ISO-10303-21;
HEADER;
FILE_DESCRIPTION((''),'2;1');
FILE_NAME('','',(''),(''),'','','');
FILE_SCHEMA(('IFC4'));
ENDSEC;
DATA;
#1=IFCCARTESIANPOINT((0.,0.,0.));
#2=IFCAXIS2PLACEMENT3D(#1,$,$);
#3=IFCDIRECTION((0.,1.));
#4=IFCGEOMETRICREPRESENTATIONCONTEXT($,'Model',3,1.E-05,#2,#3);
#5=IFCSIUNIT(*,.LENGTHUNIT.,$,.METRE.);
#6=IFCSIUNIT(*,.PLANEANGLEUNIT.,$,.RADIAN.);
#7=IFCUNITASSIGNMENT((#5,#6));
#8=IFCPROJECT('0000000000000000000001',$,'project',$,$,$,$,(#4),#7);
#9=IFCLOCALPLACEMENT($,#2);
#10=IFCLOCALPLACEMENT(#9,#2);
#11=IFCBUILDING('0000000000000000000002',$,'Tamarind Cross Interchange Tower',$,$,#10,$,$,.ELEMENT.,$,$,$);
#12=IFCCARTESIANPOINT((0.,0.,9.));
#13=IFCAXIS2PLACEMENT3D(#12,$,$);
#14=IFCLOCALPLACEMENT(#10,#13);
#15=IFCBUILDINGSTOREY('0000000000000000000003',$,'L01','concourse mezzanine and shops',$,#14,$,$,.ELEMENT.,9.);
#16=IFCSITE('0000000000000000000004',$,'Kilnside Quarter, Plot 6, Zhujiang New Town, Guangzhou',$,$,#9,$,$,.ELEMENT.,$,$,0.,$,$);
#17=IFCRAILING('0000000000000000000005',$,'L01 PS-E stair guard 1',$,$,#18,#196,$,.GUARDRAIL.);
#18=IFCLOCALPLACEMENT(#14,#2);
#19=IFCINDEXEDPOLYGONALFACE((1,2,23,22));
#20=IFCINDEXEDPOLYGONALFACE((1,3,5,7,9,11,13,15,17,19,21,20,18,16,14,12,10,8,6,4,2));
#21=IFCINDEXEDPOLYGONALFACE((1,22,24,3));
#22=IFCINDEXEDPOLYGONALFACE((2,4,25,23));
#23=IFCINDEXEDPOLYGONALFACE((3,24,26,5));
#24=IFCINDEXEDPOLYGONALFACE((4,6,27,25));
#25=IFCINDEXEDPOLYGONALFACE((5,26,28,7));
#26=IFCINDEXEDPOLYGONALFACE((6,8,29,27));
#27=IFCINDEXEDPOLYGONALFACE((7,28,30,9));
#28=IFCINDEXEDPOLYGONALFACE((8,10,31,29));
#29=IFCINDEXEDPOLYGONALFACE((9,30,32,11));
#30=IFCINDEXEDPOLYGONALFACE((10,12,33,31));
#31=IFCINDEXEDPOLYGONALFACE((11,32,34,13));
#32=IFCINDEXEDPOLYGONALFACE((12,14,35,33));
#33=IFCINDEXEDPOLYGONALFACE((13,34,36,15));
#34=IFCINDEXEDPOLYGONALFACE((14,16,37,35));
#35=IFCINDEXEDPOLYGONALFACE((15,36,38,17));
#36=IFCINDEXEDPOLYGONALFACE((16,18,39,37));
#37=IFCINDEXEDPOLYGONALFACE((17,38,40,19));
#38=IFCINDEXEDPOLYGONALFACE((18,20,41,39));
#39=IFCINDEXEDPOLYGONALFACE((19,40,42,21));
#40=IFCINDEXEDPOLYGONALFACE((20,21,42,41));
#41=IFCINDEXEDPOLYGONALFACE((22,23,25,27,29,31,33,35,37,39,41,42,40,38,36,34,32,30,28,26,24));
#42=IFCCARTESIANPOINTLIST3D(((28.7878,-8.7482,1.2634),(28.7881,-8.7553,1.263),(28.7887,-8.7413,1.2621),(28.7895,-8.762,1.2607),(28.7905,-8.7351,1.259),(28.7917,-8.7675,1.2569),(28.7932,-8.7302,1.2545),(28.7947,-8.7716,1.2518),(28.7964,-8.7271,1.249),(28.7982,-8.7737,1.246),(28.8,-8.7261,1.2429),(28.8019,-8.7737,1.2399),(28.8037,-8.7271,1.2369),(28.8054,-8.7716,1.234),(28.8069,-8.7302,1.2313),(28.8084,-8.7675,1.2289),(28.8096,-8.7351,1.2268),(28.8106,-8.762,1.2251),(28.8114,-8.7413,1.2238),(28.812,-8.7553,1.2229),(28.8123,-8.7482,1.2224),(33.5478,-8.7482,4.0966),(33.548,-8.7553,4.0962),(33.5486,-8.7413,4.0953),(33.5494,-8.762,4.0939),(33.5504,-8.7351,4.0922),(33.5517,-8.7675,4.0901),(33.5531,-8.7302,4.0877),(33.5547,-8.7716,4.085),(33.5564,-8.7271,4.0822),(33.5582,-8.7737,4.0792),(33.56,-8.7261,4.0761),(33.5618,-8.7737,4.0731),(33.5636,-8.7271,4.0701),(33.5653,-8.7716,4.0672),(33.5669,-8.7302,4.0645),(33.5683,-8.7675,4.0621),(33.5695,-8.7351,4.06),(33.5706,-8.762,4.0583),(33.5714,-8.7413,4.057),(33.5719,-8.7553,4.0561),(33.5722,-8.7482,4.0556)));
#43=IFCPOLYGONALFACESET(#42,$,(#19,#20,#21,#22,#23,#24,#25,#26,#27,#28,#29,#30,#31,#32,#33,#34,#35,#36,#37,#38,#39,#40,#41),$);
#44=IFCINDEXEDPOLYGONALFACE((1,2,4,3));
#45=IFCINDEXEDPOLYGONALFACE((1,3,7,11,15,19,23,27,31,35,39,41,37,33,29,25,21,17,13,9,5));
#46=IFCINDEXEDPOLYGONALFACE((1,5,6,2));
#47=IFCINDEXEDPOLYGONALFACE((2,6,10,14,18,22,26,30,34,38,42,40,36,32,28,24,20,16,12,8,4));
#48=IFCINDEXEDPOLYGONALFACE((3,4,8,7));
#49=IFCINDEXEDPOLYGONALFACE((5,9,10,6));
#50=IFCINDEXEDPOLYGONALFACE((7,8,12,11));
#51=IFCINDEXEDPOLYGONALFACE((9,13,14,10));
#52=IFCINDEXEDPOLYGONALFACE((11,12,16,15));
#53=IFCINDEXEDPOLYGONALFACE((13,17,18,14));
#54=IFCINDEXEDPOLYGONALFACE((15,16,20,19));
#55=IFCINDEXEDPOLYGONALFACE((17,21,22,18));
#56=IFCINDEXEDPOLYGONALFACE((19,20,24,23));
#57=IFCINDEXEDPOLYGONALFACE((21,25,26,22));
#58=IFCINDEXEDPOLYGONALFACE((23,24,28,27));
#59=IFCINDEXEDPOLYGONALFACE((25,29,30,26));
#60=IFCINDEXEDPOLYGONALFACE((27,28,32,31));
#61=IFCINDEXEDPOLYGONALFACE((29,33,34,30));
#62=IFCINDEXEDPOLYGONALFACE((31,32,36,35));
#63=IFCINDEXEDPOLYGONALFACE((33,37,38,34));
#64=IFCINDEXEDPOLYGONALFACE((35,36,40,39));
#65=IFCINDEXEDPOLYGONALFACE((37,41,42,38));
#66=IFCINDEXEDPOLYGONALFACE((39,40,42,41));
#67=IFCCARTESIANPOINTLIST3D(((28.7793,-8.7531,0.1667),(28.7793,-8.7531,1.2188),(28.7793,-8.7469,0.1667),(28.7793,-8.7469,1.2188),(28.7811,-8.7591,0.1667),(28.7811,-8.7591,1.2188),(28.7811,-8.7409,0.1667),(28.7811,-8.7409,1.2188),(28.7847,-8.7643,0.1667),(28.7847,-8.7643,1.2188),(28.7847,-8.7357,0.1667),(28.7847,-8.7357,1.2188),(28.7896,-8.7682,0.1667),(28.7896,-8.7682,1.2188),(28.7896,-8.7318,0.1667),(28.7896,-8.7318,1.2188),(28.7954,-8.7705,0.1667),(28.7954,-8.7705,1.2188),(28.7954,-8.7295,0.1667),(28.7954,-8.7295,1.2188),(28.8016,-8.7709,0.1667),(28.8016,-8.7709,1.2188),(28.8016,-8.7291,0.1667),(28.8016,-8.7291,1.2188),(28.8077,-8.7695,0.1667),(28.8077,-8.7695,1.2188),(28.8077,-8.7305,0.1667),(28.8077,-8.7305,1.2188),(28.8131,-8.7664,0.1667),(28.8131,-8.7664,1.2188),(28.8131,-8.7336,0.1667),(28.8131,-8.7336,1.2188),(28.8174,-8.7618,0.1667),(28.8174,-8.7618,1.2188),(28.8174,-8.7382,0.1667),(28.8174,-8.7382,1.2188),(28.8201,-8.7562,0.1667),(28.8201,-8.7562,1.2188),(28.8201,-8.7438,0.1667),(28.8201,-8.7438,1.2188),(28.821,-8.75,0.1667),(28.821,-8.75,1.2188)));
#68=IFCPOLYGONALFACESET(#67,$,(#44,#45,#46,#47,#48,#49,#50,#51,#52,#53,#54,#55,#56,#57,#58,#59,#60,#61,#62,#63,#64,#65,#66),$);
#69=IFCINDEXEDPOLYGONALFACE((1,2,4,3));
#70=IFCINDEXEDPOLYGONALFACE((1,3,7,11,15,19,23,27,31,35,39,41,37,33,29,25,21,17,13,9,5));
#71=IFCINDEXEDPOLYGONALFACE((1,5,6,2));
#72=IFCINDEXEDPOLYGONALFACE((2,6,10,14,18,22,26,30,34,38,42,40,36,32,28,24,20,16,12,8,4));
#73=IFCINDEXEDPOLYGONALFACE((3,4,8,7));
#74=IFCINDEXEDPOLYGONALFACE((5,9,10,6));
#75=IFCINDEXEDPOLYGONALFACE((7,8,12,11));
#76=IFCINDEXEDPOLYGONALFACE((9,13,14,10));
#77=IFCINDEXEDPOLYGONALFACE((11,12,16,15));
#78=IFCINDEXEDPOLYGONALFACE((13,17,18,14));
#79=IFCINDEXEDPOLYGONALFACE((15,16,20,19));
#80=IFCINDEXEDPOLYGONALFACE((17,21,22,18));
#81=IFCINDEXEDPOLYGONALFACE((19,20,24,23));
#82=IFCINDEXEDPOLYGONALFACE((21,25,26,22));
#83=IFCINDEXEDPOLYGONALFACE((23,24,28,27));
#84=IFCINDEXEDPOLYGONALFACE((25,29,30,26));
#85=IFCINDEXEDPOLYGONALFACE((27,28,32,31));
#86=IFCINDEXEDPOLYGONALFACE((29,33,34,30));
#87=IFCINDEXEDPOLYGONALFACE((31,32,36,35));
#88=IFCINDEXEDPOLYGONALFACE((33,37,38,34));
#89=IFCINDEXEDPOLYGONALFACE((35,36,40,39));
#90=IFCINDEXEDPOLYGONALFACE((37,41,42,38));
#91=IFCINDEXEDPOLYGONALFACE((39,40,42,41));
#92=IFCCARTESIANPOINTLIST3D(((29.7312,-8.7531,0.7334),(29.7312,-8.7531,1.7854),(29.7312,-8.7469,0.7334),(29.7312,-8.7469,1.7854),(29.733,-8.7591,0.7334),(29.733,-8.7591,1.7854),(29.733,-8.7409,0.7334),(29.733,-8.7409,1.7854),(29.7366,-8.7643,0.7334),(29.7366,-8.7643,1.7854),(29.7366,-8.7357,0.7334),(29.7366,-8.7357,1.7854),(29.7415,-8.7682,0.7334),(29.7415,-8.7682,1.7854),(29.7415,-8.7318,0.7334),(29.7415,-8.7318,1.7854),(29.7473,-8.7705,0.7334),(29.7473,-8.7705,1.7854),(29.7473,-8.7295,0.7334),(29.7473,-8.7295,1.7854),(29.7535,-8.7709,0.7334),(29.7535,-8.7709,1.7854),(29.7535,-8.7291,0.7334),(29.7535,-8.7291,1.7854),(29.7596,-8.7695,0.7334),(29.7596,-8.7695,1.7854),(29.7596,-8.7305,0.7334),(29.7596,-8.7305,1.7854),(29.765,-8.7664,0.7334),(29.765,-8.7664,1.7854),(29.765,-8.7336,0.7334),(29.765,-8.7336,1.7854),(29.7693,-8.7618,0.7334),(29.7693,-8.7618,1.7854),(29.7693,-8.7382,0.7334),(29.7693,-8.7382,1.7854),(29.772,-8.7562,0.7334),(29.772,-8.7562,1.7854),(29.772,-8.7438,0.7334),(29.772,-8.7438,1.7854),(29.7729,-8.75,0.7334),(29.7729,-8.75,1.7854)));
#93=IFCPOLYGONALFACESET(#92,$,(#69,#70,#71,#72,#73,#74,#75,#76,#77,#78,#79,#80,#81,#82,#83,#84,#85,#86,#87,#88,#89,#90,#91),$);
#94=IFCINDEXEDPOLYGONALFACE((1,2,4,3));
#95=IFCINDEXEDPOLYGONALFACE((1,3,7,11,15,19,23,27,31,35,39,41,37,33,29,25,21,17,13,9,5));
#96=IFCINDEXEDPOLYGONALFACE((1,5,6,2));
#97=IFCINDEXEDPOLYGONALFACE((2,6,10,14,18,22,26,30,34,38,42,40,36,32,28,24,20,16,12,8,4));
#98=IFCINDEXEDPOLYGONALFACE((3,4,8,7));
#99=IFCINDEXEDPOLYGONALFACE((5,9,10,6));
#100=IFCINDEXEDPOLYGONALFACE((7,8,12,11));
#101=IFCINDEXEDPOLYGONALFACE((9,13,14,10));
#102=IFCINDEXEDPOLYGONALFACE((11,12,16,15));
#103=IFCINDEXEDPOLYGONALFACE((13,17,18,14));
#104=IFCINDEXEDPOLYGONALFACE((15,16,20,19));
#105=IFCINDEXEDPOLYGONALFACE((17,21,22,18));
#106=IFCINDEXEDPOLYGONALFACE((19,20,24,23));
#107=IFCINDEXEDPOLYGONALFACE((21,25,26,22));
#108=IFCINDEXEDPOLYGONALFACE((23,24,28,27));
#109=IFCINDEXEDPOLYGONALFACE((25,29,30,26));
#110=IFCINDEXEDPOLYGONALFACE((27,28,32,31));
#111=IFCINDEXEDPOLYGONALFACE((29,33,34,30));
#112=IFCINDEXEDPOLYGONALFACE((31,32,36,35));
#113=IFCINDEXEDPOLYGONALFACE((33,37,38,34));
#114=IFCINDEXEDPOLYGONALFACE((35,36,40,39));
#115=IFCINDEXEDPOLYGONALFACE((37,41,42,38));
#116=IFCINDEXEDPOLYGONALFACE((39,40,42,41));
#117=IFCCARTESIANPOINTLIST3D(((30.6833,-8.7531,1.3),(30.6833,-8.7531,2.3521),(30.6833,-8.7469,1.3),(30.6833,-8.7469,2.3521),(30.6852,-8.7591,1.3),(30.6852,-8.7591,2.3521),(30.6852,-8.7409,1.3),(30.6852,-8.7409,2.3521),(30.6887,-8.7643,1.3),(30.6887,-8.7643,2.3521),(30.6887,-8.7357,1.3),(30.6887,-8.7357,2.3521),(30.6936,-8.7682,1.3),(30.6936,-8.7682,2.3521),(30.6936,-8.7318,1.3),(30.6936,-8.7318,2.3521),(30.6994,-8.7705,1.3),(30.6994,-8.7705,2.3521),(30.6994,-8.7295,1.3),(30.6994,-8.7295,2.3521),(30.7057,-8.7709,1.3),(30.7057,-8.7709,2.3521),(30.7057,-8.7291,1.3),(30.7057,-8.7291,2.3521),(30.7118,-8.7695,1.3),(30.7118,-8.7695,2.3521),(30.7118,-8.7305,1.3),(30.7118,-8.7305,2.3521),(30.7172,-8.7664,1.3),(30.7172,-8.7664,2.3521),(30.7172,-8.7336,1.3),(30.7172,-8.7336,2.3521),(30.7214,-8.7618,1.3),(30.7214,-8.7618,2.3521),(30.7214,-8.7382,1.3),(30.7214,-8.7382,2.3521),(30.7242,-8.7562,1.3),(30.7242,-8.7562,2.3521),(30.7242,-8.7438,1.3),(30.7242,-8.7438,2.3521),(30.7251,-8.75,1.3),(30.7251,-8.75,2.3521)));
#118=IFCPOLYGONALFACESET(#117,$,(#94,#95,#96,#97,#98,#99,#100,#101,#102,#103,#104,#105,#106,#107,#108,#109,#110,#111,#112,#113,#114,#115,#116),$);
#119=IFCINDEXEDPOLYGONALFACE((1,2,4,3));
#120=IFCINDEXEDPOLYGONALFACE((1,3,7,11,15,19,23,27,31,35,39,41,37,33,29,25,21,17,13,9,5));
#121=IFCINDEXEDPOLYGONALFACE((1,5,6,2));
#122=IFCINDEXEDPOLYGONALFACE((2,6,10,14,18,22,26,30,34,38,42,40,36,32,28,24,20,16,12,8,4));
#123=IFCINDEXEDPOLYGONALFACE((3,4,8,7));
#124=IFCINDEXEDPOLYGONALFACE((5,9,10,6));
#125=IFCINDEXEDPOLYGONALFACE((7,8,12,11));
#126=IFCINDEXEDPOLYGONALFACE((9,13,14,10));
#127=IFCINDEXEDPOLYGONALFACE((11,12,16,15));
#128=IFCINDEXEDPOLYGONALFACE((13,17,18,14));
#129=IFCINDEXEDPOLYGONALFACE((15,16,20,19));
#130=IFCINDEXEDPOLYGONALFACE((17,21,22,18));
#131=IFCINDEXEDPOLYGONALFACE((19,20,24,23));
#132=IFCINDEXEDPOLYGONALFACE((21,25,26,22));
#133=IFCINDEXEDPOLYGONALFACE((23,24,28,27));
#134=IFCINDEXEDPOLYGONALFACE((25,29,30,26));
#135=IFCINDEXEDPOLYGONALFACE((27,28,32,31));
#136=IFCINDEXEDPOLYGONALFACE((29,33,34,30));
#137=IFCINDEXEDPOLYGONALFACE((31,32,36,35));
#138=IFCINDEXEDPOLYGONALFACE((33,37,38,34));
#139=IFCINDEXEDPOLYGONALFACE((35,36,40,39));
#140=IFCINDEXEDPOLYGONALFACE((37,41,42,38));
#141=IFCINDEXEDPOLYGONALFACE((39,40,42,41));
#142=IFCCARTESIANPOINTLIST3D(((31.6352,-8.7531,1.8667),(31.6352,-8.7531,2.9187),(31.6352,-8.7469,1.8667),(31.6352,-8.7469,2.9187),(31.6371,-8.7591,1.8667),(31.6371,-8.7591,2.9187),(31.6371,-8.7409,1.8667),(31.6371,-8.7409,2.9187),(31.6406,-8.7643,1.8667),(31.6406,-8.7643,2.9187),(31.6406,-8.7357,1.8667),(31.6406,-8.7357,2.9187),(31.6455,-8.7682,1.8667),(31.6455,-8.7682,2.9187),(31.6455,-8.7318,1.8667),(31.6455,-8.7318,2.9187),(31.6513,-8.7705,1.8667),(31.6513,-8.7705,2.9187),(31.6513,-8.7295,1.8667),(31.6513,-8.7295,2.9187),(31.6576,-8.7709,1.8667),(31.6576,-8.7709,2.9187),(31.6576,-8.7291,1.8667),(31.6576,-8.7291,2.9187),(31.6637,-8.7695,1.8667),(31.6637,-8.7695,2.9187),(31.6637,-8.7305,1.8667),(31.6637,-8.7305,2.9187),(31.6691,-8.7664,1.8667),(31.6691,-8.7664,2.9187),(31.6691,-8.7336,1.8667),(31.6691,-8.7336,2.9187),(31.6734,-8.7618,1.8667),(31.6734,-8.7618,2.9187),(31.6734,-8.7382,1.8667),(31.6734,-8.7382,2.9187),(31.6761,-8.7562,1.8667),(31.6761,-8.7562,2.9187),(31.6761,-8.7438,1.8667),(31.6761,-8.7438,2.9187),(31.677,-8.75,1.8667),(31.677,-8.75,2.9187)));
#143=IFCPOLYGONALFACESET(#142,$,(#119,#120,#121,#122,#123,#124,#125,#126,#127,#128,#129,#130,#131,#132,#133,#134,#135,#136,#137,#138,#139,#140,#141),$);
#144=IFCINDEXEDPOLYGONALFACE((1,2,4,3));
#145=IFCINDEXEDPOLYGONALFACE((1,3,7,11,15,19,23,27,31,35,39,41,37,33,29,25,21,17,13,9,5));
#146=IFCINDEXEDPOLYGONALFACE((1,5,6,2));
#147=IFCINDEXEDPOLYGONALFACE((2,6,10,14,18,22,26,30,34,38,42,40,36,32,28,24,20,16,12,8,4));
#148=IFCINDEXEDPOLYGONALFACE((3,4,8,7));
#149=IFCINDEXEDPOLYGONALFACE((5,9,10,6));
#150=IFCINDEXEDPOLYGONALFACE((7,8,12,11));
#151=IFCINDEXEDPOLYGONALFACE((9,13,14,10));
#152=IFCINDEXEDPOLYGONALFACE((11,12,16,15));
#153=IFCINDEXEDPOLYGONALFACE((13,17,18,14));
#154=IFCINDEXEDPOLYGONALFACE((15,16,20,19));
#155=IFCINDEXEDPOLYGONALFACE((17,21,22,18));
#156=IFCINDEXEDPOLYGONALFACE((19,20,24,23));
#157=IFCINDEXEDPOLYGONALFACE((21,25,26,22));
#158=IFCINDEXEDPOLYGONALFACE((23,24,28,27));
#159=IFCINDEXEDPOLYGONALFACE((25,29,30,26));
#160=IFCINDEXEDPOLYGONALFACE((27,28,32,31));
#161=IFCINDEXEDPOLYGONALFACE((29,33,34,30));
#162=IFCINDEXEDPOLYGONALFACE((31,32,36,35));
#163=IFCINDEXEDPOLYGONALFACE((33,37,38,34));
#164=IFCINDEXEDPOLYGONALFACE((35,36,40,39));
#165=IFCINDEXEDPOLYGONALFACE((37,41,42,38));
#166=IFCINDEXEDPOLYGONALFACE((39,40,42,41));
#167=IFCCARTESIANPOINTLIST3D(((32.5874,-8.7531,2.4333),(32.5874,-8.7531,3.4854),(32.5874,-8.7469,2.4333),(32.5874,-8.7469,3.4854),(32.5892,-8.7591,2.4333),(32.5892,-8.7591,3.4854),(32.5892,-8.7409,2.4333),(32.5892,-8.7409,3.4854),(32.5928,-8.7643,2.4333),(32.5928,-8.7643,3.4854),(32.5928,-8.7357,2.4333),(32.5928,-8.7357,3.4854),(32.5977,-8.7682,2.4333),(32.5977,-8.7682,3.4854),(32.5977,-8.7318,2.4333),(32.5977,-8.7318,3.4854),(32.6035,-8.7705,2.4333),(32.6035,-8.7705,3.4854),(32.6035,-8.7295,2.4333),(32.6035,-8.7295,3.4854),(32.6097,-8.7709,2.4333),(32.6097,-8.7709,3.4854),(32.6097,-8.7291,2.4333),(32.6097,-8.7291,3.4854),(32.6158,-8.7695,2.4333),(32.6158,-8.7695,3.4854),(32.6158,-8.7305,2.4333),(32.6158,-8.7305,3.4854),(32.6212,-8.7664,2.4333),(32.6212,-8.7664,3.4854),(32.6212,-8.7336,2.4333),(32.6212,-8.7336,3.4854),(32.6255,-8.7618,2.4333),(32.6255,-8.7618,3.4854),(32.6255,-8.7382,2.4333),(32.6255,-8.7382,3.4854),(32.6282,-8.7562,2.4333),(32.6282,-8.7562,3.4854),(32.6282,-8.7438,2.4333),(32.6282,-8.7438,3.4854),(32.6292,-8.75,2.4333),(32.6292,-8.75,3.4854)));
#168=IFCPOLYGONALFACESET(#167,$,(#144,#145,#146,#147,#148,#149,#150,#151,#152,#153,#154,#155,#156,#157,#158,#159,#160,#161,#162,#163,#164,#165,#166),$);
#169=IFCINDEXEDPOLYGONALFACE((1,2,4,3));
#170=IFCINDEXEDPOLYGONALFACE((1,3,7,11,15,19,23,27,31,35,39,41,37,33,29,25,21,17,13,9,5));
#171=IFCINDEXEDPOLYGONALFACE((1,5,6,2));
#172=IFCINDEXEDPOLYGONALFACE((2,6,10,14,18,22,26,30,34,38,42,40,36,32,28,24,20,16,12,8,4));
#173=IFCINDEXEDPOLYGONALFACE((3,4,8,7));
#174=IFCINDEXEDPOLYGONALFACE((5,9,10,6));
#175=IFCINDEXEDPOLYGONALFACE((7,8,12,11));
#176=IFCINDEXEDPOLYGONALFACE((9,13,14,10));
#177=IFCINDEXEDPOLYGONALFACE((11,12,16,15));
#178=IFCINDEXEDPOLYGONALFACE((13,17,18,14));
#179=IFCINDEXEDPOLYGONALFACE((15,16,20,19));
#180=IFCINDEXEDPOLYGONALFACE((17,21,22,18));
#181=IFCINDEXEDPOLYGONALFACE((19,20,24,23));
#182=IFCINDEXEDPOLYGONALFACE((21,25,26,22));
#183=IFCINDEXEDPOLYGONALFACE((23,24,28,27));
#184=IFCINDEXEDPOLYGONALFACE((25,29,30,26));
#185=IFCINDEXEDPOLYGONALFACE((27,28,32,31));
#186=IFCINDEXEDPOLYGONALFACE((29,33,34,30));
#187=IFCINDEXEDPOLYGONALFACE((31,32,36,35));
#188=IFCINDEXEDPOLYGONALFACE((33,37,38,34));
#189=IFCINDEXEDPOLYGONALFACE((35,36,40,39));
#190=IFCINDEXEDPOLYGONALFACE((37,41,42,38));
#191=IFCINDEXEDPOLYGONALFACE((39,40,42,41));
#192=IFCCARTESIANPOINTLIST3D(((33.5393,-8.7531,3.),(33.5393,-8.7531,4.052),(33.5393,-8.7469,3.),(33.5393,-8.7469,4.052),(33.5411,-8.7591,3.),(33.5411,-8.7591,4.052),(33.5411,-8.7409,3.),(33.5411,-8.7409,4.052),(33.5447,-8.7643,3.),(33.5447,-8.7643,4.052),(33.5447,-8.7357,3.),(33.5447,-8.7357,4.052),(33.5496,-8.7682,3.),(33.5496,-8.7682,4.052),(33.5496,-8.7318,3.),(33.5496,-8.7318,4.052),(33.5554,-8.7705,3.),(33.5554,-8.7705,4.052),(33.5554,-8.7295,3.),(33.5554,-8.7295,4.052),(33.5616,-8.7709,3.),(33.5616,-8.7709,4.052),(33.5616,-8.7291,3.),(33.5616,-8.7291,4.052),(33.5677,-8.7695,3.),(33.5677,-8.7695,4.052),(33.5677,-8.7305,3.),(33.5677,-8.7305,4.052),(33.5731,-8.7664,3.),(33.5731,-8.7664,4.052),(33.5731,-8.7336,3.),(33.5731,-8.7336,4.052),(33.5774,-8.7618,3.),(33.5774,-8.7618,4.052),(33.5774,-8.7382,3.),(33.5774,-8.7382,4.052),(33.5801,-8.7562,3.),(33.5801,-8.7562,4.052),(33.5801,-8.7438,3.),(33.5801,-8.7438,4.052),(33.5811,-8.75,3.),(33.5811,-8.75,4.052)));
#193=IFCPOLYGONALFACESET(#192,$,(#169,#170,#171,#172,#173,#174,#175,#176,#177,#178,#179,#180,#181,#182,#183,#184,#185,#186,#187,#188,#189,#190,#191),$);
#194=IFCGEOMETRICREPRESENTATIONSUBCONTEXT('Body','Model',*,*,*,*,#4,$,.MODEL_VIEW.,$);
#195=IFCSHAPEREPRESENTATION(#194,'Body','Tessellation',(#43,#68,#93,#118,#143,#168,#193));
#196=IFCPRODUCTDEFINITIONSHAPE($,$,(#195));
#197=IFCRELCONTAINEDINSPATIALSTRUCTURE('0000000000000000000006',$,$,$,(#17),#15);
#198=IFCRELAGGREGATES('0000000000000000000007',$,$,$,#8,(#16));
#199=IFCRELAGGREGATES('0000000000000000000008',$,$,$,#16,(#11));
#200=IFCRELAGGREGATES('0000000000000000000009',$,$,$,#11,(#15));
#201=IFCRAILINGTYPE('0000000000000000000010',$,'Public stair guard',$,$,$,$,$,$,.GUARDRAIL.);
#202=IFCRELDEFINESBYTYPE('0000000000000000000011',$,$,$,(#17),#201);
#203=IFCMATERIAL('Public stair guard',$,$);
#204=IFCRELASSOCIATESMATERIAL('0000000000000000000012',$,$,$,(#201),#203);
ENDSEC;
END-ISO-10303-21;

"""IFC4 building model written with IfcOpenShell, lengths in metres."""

from ifc_helpers import new_model, si_unit, direction, frame, origin, origin_2d, place, context, subcontext, project, spatial, circle, extrude, material, type_object, element, save


model = new_model("IFC4")

# Units and contexts
model_context = context("Model", 3, precision=1e-05, world=origin(), true_north=direction((0.0, 1.0)))
body_context = subcontext(model_context, "Body", "Model", "MODEL_VIEW")
ifc_project = project(units=[si_unit("LENGTHUNIT", "METRE"), si_unit("PLANEANGLEUNIT", "RADIAN")], contexts=[model_context])

# Site, building, storey
site_placement = place(None, origin())
site = spatial("IfcSite", under=ifc_project, at=site_placement, Name="Kilnside Quarter, Plot 6, Zhujiang New Town, Guangzhou", CompositionType="ELEMENT", RefElevation=0.0)
building_placement = place(site_placement, origin())
building = spatial("IfcBuilding", under=site, at=building_placement, Name="Tamarind Cross Interchange Tower", CompositionType="ELEMENT")
storey_placement = place(building_placement, frame((0.0, 0.0, 9.0)))
storey = spatial("IfcBuildingStorey", under=building, at=storey_placement, Name="L01", Description="concourse mezzanine and shops", CompositionType="ELEMENT", Elevation=9.0)

# Railing
ifc_material_1 = material(Name="Public stair guard")
railing_type_1 = type_object("IfcRailingType", Name="Public stair guard", PredefinedType="GUARDRAIL", material=ifc_material_1)
railing_1_placement = place(storey_placement, frame((28.8, -8.75, 0.1667)))
element("IfcRailing", 1, at=railing_1_placement, inside=storey, type_object=railing_type_1, Name="L01 PS-E stair guard 1", PredefinedType="GUARDRAIL", context=body_context, shape_type="SweptSolid", body=[
    extrude(circle(Radius=0.0239, at=origin_2d()), frame((0.0, 0.0, 1.0762), z_axis=(0.8593, 0.0, 0.511472), x_axis=(0.0, 1.0, 0.0)), (0.0, 0.0, 1.0), 5.5393),
    extrude(circle(Radius=0.021, at=origin_2d()), origin(), (0.0, 0.0, 1.0), 1.052),
    extrude(circle(Radius=0.021, at=origin_2d()), frame((0.9519, 0.0, 0.5667)), (0.0, 0.0, 1.0), 1.052),
    extrude(circle(Radius=0.021, at=origin_2d()), frame((1.9041, 0.0, 1.1333)), (0.0, 0.0, 1.0), 1.052),
    extrude(circle(Radius=0.021, at=origin_2d()), frame((2.856, 0.0, 1.7)), (0.0, 0.0, 1.0), 1.052),
    extrude(circle(Radius=0.021, at=origin_2d()), frame((3.8081, 0.0, 2.2666)), (0.0, 0.0, 1.0), 1.052),
    extrude(circle(Radius=0.021, at=origin_2d()), frame((4.76, 0.0, 2.8333)), (0.0, 0.0, 1.0), 1.052),
])

save(model, "model.ifc")
